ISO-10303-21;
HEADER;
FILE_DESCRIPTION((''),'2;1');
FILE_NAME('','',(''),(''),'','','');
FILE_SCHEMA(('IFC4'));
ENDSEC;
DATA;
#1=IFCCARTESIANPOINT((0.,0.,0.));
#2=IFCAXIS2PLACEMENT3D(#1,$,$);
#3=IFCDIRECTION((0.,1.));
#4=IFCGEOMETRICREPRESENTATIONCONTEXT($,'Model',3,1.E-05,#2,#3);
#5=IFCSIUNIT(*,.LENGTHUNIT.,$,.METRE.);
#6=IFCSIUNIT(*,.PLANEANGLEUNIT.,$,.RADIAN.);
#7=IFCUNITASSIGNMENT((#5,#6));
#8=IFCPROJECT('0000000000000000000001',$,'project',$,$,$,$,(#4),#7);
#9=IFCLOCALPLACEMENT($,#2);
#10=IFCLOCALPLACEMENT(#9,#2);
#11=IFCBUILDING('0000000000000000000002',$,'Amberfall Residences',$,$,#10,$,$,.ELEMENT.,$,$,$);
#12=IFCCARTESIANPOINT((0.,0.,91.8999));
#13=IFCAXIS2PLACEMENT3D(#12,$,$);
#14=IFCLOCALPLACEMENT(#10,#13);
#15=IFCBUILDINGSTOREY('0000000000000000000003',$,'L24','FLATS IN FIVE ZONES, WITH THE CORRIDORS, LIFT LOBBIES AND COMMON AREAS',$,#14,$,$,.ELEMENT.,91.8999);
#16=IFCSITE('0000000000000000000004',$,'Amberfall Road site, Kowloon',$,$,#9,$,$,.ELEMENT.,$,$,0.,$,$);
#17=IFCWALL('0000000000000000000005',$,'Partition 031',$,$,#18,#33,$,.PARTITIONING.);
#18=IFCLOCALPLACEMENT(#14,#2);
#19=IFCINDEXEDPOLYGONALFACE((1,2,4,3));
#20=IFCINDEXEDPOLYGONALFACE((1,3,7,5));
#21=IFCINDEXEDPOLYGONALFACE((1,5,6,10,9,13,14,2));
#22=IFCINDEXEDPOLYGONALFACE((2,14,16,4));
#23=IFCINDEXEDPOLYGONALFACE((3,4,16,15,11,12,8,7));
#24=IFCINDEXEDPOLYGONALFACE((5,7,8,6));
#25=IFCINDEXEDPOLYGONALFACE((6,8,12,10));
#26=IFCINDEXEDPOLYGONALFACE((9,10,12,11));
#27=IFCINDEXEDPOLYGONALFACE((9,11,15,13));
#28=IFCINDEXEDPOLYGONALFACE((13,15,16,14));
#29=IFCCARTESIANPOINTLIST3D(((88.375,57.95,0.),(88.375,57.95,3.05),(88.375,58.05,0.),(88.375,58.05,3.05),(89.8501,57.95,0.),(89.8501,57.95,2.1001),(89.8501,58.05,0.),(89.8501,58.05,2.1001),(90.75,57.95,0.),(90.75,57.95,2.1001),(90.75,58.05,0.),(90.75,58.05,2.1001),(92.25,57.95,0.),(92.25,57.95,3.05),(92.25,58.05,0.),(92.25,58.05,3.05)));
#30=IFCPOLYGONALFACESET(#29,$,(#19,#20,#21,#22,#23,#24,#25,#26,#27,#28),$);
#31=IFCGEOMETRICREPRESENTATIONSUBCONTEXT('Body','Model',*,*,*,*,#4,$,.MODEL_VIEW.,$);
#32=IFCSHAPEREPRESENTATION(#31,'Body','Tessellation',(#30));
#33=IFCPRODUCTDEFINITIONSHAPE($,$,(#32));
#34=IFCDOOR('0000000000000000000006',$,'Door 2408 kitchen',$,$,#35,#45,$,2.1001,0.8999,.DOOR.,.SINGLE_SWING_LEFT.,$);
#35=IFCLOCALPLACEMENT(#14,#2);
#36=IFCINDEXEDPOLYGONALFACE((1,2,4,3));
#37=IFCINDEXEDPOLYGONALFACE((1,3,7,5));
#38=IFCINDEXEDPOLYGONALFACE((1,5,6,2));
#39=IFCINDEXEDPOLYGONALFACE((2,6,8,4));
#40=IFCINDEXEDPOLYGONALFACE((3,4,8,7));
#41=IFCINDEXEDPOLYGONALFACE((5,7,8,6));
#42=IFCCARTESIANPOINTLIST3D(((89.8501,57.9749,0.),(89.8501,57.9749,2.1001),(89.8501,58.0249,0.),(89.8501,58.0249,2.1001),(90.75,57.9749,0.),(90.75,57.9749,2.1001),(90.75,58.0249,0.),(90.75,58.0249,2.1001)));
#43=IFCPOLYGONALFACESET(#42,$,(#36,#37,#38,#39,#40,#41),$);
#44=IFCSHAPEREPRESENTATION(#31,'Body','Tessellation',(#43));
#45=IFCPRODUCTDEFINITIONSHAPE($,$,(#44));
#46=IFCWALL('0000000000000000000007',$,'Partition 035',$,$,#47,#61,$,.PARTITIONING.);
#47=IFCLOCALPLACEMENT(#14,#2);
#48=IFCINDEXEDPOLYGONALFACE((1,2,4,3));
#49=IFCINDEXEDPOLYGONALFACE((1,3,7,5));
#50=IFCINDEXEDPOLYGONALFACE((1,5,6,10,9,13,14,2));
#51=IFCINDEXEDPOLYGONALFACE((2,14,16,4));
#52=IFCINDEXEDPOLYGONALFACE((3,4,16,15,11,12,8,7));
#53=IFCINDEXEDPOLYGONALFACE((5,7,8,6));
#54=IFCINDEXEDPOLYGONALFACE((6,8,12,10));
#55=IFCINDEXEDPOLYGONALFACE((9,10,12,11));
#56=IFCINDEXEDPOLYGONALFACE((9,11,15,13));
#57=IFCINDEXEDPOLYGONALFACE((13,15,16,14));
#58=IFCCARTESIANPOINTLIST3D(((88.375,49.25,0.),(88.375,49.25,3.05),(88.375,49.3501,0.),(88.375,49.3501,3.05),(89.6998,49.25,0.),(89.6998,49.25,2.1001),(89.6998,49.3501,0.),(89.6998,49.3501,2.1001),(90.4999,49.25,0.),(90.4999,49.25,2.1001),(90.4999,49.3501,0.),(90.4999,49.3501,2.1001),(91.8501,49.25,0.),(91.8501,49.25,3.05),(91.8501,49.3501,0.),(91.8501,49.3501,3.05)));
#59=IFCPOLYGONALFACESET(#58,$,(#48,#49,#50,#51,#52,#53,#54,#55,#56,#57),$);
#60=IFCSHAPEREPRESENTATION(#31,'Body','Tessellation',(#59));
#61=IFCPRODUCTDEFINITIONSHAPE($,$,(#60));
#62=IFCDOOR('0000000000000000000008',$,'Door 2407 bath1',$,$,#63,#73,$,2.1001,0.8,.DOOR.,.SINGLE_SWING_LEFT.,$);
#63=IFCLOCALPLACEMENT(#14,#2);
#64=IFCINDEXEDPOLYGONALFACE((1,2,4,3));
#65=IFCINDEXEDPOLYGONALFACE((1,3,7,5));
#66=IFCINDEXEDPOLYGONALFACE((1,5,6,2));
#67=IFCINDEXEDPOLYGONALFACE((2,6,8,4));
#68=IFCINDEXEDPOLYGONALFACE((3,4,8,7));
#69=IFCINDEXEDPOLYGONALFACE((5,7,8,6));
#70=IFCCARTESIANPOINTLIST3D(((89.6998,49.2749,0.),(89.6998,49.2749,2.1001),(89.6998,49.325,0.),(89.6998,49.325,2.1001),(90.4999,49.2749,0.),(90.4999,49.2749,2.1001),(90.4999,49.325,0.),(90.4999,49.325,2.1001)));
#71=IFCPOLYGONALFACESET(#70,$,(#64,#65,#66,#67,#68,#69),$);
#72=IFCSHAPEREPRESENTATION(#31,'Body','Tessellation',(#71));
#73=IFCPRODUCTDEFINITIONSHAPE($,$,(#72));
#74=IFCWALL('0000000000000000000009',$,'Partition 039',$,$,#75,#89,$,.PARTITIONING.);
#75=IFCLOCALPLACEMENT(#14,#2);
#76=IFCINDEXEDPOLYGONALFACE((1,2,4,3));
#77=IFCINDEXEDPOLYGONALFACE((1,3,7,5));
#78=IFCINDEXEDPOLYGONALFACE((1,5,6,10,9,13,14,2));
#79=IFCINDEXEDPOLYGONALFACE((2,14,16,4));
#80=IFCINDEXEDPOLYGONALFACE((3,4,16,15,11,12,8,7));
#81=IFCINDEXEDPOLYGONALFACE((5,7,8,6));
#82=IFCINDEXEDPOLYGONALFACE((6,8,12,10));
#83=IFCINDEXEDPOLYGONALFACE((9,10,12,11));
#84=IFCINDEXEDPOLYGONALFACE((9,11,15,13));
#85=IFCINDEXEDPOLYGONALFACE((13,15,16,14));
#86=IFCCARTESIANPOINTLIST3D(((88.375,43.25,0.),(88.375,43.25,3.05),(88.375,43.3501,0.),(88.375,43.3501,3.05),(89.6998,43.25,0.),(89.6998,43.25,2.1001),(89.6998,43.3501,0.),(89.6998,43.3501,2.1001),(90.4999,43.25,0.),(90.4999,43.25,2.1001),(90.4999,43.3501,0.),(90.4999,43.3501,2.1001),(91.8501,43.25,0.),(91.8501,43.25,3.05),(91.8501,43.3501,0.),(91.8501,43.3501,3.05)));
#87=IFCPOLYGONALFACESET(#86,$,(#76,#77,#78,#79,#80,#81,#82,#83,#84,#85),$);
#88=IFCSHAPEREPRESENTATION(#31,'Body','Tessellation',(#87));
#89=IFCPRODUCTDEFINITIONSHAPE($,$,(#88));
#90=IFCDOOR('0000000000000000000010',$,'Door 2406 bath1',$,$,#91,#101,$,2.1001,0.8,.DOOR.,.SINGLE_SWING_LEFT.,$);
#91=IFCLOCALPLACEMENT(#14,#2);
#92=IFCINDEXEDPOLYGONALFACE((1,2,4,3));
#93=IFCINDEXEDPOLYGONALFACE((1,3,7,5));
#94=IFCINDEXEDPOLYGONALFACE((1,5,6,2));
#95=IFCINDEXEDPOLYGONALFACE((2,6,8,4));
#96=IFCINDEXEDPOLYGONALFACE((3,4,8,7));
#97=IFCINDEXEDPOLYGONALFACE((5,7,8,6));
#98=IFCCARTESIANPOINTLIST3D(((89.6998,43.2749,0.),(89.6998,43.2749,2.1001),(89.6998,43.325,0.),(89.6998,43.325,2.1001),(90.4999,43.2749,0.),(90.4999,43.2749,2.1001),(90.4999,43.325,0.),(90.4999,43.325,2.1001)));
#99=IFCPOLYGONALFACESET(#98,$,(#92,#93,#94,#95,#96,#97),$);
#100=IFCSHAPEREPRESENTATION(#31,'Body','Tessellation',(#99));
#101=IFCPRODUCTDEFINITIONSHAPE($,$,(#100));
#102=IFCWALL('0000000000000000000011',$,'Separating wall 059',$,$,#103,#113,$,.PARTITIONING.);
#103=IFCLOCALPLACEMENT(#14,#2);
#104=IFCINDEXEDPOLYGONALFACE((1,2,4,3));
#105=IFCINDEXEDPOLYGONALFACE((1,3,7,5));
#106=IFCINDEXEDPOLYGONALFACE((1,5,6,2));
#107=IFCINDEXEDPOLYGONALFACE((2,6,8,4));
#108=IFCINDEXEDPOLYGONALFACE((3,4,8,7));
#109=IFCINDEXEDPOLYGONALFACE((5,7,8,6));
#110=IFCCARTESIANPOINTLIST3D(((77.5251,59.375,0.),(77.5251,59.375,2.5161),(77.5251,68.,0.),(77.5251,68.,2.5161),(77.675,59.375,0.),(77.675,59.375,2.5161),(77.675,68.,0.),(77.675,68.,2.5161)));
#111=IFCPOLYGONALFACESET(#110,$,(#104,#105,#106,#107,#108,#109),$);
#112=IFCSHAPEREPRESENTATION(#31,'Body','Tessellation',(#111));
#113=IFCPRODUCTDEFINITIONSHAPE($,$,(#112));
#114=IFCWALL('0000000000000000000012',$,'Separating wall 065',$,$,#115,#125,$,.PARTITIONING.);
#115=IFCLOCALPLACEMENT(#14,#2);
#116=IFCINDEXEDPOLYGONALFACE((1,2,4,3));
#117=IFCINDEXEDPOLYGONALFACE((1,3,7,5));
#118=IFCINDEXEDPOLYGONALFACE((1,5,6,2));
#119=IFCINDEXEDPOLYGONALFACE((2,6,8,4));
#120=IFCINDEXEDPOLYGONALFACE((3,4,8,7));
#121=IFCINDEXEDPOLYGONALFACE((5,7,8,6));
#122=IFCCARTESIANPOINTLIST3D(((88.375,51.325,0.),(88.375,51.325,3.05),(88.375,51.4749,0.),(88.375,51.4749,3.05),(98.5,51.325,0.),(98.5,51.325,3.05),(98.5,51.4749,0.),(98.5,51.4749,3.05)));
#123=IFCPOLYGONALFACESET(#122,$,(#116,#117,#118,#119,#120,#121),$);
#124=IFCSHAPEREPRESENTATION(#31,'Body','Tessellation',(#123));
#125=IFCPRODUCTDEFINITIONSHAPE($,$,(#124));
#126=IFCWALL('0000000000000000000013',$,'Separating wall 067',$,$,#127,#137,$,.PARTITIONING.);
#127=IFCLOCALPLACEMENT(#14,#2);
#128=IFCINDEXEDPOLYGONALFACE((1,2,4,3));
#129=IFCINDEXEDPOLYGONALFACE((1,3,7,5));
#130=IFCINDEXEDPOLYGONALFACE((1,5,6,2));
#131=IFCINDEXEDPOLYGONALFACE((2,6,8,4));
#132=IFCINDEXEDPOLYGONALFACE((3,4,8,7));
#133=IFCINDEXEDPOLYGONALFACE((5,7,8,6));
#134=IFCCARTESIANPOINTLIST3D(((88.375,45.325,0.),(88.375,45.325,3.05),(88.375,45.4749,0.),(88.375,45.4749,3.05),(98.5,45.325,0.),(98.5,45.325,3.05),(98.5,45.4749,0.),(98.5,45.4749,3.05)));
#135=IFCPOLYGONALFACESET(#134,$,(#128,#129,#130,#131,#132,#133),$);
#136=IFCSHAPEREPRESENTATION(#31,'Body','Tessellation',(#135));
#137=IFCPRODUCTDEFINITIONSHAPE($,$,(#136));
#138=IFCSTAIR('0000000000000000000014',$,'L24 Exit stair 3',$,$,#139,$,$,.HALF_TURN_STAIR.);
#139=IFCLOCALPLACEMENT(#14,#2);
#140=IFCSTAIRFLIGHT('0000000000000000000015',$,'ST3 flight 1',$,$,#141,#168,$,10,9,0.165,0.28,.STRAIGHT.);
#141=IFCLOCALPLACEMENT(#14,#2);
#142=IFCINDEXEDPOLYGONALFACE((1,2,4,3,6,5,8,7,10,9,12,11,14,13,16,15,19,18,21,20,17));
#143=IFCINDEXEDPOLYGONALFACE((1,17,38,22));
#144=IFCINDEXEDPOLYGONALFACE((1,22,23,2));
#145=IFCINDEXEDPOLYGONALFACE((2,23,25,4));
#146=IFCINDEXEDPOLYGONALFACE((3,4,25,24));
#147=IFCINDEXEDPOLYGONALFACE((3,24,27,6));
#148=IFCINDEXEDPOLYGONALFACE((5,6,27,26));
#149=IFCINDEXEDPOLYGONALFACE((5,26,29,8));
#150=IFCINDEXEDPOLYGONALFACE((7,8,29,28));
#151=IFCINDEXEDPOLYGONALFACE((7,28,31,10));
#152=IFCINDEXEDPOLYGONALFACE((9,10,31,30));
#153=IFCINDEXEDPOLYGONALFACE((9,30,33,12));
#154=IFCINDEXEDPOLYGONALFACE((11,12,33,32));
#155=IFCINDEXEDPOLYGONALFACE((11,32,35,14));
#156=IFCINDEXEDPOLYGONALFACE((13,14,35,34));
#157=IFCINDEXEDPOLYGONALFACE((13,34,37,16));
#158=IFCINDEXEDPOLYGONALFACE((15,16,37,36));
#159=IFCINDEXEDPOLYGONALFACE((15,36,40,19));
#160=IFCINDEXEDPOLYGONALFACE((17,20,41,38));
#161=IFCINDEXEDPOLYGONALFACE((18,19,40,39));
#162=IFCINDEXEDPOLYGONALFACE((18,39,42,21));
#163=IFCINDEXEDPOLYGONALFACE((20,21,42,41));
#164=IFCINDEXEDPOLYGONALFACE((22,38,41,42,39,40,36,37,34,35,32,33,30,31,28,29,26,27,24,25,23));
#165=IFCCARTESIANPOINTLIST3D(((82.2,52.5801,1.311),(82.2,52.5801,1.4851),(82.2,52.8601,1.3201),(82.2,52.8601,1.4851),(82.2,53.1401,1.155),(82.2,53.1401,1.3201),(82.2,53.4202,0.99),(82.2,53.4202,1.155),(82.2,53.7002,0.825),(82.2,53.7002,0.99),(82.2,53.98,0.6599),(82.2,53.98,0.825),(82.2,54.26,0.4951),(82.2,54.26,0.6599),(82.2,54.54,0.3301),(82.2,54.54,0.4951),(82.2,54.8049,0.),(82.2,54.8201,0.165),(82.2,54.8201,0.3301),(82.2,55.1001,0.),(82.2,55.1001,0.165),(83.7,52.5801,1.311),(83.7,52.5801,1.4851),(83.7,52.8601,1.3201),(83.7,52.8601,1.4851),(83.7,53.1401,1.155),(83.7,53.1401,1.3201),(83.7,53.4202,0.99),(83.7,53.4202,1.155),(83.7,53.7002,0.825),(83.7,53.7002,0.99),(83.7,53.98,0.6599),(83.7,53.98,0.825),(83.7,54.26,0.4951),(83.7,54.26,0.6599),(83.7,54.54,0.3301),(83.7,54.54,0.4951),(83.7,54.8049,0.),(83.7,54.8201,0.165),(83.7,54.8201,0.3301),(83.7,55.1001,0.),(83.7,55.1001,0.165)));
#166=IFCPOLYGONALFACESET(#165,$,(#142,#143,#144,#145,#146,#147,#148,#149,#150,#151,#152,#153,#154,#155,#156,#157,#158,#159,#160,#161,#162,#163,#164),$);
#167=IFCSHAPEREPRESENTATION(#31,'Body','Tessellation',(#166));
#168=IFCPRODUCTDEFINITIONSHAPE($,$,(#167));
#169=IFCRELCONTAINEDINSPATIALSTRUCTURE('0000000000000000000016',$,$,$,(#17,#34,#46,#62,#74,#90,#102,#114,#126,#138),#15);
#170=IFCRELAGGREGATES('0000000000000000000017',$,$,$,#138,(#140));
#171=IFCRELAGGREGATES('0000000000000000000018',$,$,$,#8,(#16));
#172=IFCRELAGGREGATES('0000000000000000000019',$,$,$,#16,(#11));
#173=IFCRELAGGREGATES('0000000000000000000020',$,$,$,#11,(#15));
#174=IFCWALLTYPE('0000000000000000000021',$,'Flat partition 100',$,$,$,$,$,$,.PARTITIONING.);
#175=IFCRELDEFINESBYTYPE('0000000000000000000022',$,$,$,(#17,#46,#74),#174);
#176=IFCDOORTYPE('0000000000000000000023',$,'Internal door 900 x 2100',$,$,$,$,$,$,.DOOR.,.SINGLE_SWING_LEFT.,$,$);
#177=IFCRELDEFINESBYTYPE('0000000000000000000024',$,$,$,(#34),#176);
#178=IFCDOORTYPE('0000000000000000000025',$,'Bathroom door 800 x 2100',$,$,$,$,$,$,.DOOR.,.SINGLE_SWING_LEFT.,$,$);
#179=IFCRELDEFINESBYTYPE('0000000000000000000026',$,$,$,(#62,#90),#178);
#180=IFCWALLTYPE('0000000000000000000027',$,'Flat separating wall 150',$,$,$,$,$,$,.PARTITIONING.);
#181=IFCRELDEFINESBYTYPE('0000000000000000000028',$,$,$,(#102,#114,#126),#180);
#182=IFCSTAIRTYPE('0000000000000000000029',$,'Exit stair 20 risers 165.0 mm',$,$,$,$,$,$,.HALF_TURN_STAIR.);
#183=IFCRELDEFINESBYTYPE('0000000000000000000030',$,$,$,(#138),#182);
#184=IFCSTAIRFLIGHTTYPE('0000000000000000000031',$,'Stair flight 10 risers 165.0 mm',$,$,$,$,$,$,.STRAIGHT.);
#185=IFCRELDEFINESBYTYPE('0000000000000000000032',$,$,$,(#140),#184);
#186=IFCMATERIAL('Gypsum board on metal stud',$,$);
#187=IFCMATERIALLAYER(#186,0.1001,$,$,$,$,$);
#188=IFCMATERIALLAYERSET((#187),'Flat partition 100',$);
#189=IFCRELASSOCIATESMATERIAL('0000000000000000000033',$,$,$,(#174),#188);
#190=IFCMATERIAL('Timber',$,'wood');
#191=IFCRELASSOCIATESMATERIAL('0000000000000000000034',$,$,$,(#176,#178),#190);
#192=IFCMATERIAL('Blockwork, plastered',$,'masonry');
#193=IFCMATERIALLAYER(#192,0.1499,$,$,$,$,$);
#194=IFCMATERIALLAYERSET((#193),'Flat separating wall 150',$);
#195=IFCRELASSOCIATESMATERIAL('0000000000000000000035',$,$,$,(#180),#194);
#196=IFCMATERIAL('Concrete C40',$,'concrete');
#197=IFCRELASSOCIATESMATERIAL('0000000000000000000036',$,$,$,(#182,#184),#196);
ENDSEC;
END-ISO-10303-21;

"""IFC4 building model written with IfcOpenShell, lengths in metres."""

from ifc_helpers import new_model, si_unit, direction, frame, frame_2d, origin, place, context, subcontext, project, spatial, polyline, rectangle, outline, extrude, material, layer, layer_set, type_object, element, fill, aggregate, save


model = new_model("IFC4")

# Units and contexts
model_context = context("Model", 3, precision=1e-05, world=origin(), true_north=direction((0.0, 1.0)))
body_context = subcontext(model_context, "Body", "Model", "MODEL_VIEW")
ifc_project = project(units=[si_unit("LENGTHUNIT", "METRE"), si_unit("PLANEANGLEUNIT", "RADIAN")], contexts=[model_context])

# Site, building, storey
site_placement = place(None, origin())
site = spatial("IfcSite", under=ifc_project, at=site_placement, Name="Amberfall Road site, Kowloon", CompositionType="ELEMENT", RefElevation=0.0)
building_placement = place(site_placement, origin())
building = spatial("IfcBuilding", under=site, at=building_placement, Name="Amberfall Residences", CompositionType="ELEMENT")
storey_placement = place(building_placement, frame((0.0, 0.0, 91.8999)))
storey = spatial("IfcBuildingStorey", under=building, at=storey_placement, Name="L24", Description="FLATS IN FIVE ZONES, WITH THE CORRIDORS, LIFT LOBBIES AND COMMON AREAS", CompositionType="ELEMENT", Elevation=91.8999)

# Shared definitions
ifc_material_1 = material(Name="Gypsum board on metal stud")
ifc_layer_1 = layer(ifc_material_1, 0.1001)
ifc_layer_set_1 = layer_set([ifc_layer_1], Name="Flat partition 100")
wall_type_1 = type_object("IfcWallType", Name="Flat partition 100", PredefinedType="PARTITIONING", material=ifc_layer_set_1)
ifc_material_2 = material(Name="Timber", Category="wood")
door_type_1 = type_object("IfcDoorType", Name="Internal door 900 x 2100", OperationType="SINGLE_SWING_LEFT", PredefinedType="DOOR", material=ifc_material_2)

# Walls, openings, doors
wall_1_placement = place(storey_placement, frame((88.375, 58.0, 0.0), z_axis=(0.0, 0.0, 1.0), x_axis=(1.0, 0.0, 0.0)))
wall_1 = element("IfcWall", 1, at=wall_1_placement, inside=storey, type_object=wall_type_1, Name="Partition 031", PredefinedType="PARTITIONING", context=body_context, shape_type="SweptSolid", body=[
    extrude(rectangle(XDim=3.875, YDim=0.1001, at=frame_2d((1.9375, 0.0))), origin(), (0.0, 0.0, 1.0), 3.05),
])
opening_1_placement = place(wall_1_placement, frame((1.4751, 0.0, 0.0)))
opening_1 = element("IfcOpeningElement", 2, at=opening_1_placement, cuts=wall_1, PredefinedType="OPENING", context=body_context, shape_type="SweptSolid", body=[
    extrude(rectangle(XDim=0.8999, YDim=2.1001, at=frame_2d((0.45, 1.05))), frame((0.0, 0.0601, 0.0), z_axis=(0.0, -1.0, 0.0), x_axis=(1.0, 0.0, 0.0)), (0.0, 0.0, 1.0), 0.1201),
])
door_1_placement = place(opening_1_placement, origin())
door_1 = element("IfcDoor", 3, at=door_1_placement, inside=storey, type_object=door_type_1, Name="Door 2408 kitchen", OperationType="SINGLE_SWING_LEFT", OverallHeight=2.1001, OverallWidth=0.8999, PredefinedType="DOOR", context=body_context, shape_type="SweptSolid", body=[
    extrude(rectangle(XDim=0.8999, YDim=2.1001, at=frame_2d((0.45, 1.05))), frame((0.0, 0.0249, 0.0), z_axis=(0.0, -1.0, 0.0), x_axis=(1.0, 0.0, 0.0)), (0.0, 0.0, 1.0), 0.05),
])
fill(opening_1, door_1)
wall_2_placement = place(storey_placement, frame((88.375, 49.3, 0.0), z_axis=(0.0, 0.0, 1.0), x_axis=(1.0, 0.0, 0.0)))
wall_2 = element("IfcWall", 4, at=wall_2_placement, inside=storey, type_object=wall_type_1, Name="Partition 035", PredefinedType="PARTITIONING", context=body_context, shape_type="SweptSolid", body=[
    extrude(rectangle(XDim=3.4751, YDim=0.1001, at=frame_2d((1.7375, 0.0))), origin(), (0.0, 0.0, 1.0), 3.05),
])
opening_2_placement = place(wall_2_placement, frame((1.325, 0.0, 0.0)))
opening_2 = element("IfcOpeningElement", 5, at=opening_2_placement, cuts=wall_2, PredefinedType="OPENING", context=body_context, shape_type="SweptSolid", body=[
    extrude(rectangle(XDim=0.8, YDim=2.1001, at=frame_2d((0.3999, 1.05))), frame((0.0, 0.0601, 0.0), z_axis=(0.0, -1.0, 0.0), x_axis=(1.0, 0.0, 0.0)), (0.0, 0.0, 1.0), 0.1201),
])
door_type_2 = type_object("IfcDoorType", Name="Bathroom door 800 x 2100", OperationType="SINGLE_SWING_LEFT", PredefinedType="DOOR", material=ifc_material_2)
door_2_placement = place(opening_2_placement, origin())
door_2 = element("IfcDoor", 6, at=door_2_placement, inside=storey, type_object=door_type_2, Name="Door 2407 bath1", OperationType="SINGLE_SWING_LEFT", OverallHeight=2.1001, OverallWidth=0.8, PredefinedType="DOOR", context=body_context, shape_type="SweptSolid", body=[
    extrude(rectangle(XDim=0.8, YDim=2.1001, at=frame_2d((0.3999, 1.05))), frame((0.0, 0.0249, 0.0), z_axis=(0.0, -1.0, 0.0), x_axis=(1.0, 0.0, 0.0)), (0.0, 0.0, 1.0), 0.05),
])
fill(opening_2, door_2)
wall_3_placement = place(storey_placement, frame((88.375, 43.3, 0.0), z_axis=(0.0, 0.0, 1.0), x_axis=(1.0, 0.0, 0.0)))
wall_3 = element("IfcWall", 7, at=wall_3_placement, inside=storey, type_object=wall_type_1, Name="Partition 039", PredefinedType="PARTITIONING", context=body_context, shape_type="SweptSolid", body=[
    extrude(rectangle(XDim=3.4751, YDim=0.1001, at=frame_2d((1.7375, 0.0))), origin(), (0.0, 0.0, 1.0), 3.05),
])
opening_3_placement = place(wall_3_placement, frame((1.325, 0.0, 0.0)))
opening_3 = element("IfcOpeningElement", 8, at=opening_3_placement, cuts=wall_3, PredefinedType="OPENING", context=body_context, shape_type="SweptSolid", body=[
    extrude(rectangle(XDim=0.8, YDim=2.1001, at=frame_2d((0.3999, 1.05))), frame((0.0, 0.0601, 0.0), z_axis=(0.0, -1.0, 0.0), x_axis=(1.0, 0.0, 0.0)), (0.0, 0.0, 1.0), 0.1201),
])
door_3_placement = place(opening_3_placement, origin())
door_3 = element("IfcDoor", 9, at=door_3_placement, inside=storey, type_object=door_type_2, Name="Door 2406 bath1", OperationType="SINGLE_SWING_LEFT", OverallHeight=2.1001, OverallWidth=0.8, PredefinedType="DOOR", context=body_context, shape_type="SweptSolid", body=[
    extrude(rectangle(XDim=0.8, YDim=2.1001, at=frame_2d((0.3999, 1.05))), frame((0.0, 0.0249, 0.0), z_axis=(0.0, -1.0, 0.0), x_axis=(1.0, 0.0, 0.0)), (0.0, 0.0, 1.0), 0.05),
])
fill(opening_3, door_3)

# Walls
ifc_material_3 = material(Name="Blockwork, plastered", Category="masonry")
ifc_layer_2 = layer(ifc_material_3, 0.1499)
ifc_layer_set_2 = layer_set([ifc_layer_2], Name="Flat separating wall 150")
wall_type_2 = type_object("IfcWallType", Name="Flat separating wall 150", PredefinedType="PARTITIONING", material=ifc_layer_set_2)
wall_4_placement = place(storey_placement, frame((77.6001, 59.375, 0.0), z_axis=(0.0, 0.0, 1.0), x_axis=(0.0, 1.0, 0.0)))
element("IfcWall", 10, at=wall_4_placement, inside=storey, type_object=wall_type_2, Name="Separating wall 059", PredefinedType="PARTITIONING", context=body_context, shape_type="SweptSolid", body=[
    extrude(rectangle(XDim=8.625, YDim=0.1499, at=frame_2d((4.3125, 0.0))), origin(), (0.0, 0.0, 1.0), 2.5161),
])
for number, where, z_axis, x_axis, name in (
    (11, (88.375, 51.3999, 0.0), (0.0, 0.0, 1.0), (1.0, 0.0, 0.0), "Separating wall 065"),
    (12, (88.375, 45.3999, 0.0), (0.0, 0.0, 1.0), (1.0, 0.0, 0.0), "Separating wall 067"),
):
    element("IfcWall", number, at=place(storey_placement, frame(where, z_axis=z_axis, x_axis=x_axis)), inside=storey, type_object=wall_type_2, Name=name, PredefinedType="PARTITIONING", context=body_context, shape_type="SweptSolid", body=[
        extrude(rectangle(XDim=10.125, YDim=0.1499, at=frame_2d((5.0625, 0.0))), origin(), (0.0, 0.0, 1.0), 3.05),
    ])

# Stair, stair flight
ifc_material_4 = material(Name="Concrete C40", Category="concrete")
stair_type = type_object("IfcStairType", Name="Exit stair 20 risers 165.0 mm", PredefinedType="HALF_TURN_STAIR", material=ifc_material_4)
stair_placement = place(storey_placement, origin())
stair = element("IfcStair", 13, at=stair_placement, inside=storey, type_object=stair_type, Name="L24 Exit stair 3", PredefinedType="HALF_TURN_STAIR")
stair_flight_type = type_object("IfcStairFlightType", Name="Stair flight 10 risers 165.0 mm", PredefinedType="STRAIGHT", material=ifc_material_4)
stair_flight_1_placement = place(storey_placement, frame((82.95, 55.1001, 0.0), z_axis=(0.0, 0.0, 1.0), x_axis=(0.0, -1.0, 0.0)))
stair_flight_1 = element("IfcStairFlight", 14, at=stair_flight_1_placement, type_object=stair_flight_type, Name="ST3 flight 1", NumberOfRisers=10, NumberOfTreads=9, PredefinedType="STRAIGHT", RiserHeight=0.165, TreadLength=0.28, context=body_context, shape_type="SweptSolid", body=[
    extrude(outline(polyline([(0.0, 0.0), (0.0, 0.165), (0.28, 0.165), (0.28, 0.3301), (0.5601, 0.3301), (0.5601, 0.4951), (0.8401, 0.4951), (0.8401, 0.6599), (1.1201, 0.6599), (1.1201, 0.825), (1.3999, 0.825), (1.3999, 0.99), (1.6799, 0.99), (1.6799, 1.155), (1.96, 1.155), (1.96, 1.3201), (2.24, 1.3201), (2.24, 1.4851), (2.52, 1.4851), (2.52, 1.6499), (2.52, 1.311), (0.2952, 0.0), (0.0, 0.0)])), frame((0.0, 0.75, 0.0), z_axis=(0.0, -1.0, 0.0), x_axis=(1.0, 0.0, 0.0)), (0.0, 0.0, 1.0), 1.5),
])
aggregate(stair, [stair_flight_1])

save(model, "model.ifc")
